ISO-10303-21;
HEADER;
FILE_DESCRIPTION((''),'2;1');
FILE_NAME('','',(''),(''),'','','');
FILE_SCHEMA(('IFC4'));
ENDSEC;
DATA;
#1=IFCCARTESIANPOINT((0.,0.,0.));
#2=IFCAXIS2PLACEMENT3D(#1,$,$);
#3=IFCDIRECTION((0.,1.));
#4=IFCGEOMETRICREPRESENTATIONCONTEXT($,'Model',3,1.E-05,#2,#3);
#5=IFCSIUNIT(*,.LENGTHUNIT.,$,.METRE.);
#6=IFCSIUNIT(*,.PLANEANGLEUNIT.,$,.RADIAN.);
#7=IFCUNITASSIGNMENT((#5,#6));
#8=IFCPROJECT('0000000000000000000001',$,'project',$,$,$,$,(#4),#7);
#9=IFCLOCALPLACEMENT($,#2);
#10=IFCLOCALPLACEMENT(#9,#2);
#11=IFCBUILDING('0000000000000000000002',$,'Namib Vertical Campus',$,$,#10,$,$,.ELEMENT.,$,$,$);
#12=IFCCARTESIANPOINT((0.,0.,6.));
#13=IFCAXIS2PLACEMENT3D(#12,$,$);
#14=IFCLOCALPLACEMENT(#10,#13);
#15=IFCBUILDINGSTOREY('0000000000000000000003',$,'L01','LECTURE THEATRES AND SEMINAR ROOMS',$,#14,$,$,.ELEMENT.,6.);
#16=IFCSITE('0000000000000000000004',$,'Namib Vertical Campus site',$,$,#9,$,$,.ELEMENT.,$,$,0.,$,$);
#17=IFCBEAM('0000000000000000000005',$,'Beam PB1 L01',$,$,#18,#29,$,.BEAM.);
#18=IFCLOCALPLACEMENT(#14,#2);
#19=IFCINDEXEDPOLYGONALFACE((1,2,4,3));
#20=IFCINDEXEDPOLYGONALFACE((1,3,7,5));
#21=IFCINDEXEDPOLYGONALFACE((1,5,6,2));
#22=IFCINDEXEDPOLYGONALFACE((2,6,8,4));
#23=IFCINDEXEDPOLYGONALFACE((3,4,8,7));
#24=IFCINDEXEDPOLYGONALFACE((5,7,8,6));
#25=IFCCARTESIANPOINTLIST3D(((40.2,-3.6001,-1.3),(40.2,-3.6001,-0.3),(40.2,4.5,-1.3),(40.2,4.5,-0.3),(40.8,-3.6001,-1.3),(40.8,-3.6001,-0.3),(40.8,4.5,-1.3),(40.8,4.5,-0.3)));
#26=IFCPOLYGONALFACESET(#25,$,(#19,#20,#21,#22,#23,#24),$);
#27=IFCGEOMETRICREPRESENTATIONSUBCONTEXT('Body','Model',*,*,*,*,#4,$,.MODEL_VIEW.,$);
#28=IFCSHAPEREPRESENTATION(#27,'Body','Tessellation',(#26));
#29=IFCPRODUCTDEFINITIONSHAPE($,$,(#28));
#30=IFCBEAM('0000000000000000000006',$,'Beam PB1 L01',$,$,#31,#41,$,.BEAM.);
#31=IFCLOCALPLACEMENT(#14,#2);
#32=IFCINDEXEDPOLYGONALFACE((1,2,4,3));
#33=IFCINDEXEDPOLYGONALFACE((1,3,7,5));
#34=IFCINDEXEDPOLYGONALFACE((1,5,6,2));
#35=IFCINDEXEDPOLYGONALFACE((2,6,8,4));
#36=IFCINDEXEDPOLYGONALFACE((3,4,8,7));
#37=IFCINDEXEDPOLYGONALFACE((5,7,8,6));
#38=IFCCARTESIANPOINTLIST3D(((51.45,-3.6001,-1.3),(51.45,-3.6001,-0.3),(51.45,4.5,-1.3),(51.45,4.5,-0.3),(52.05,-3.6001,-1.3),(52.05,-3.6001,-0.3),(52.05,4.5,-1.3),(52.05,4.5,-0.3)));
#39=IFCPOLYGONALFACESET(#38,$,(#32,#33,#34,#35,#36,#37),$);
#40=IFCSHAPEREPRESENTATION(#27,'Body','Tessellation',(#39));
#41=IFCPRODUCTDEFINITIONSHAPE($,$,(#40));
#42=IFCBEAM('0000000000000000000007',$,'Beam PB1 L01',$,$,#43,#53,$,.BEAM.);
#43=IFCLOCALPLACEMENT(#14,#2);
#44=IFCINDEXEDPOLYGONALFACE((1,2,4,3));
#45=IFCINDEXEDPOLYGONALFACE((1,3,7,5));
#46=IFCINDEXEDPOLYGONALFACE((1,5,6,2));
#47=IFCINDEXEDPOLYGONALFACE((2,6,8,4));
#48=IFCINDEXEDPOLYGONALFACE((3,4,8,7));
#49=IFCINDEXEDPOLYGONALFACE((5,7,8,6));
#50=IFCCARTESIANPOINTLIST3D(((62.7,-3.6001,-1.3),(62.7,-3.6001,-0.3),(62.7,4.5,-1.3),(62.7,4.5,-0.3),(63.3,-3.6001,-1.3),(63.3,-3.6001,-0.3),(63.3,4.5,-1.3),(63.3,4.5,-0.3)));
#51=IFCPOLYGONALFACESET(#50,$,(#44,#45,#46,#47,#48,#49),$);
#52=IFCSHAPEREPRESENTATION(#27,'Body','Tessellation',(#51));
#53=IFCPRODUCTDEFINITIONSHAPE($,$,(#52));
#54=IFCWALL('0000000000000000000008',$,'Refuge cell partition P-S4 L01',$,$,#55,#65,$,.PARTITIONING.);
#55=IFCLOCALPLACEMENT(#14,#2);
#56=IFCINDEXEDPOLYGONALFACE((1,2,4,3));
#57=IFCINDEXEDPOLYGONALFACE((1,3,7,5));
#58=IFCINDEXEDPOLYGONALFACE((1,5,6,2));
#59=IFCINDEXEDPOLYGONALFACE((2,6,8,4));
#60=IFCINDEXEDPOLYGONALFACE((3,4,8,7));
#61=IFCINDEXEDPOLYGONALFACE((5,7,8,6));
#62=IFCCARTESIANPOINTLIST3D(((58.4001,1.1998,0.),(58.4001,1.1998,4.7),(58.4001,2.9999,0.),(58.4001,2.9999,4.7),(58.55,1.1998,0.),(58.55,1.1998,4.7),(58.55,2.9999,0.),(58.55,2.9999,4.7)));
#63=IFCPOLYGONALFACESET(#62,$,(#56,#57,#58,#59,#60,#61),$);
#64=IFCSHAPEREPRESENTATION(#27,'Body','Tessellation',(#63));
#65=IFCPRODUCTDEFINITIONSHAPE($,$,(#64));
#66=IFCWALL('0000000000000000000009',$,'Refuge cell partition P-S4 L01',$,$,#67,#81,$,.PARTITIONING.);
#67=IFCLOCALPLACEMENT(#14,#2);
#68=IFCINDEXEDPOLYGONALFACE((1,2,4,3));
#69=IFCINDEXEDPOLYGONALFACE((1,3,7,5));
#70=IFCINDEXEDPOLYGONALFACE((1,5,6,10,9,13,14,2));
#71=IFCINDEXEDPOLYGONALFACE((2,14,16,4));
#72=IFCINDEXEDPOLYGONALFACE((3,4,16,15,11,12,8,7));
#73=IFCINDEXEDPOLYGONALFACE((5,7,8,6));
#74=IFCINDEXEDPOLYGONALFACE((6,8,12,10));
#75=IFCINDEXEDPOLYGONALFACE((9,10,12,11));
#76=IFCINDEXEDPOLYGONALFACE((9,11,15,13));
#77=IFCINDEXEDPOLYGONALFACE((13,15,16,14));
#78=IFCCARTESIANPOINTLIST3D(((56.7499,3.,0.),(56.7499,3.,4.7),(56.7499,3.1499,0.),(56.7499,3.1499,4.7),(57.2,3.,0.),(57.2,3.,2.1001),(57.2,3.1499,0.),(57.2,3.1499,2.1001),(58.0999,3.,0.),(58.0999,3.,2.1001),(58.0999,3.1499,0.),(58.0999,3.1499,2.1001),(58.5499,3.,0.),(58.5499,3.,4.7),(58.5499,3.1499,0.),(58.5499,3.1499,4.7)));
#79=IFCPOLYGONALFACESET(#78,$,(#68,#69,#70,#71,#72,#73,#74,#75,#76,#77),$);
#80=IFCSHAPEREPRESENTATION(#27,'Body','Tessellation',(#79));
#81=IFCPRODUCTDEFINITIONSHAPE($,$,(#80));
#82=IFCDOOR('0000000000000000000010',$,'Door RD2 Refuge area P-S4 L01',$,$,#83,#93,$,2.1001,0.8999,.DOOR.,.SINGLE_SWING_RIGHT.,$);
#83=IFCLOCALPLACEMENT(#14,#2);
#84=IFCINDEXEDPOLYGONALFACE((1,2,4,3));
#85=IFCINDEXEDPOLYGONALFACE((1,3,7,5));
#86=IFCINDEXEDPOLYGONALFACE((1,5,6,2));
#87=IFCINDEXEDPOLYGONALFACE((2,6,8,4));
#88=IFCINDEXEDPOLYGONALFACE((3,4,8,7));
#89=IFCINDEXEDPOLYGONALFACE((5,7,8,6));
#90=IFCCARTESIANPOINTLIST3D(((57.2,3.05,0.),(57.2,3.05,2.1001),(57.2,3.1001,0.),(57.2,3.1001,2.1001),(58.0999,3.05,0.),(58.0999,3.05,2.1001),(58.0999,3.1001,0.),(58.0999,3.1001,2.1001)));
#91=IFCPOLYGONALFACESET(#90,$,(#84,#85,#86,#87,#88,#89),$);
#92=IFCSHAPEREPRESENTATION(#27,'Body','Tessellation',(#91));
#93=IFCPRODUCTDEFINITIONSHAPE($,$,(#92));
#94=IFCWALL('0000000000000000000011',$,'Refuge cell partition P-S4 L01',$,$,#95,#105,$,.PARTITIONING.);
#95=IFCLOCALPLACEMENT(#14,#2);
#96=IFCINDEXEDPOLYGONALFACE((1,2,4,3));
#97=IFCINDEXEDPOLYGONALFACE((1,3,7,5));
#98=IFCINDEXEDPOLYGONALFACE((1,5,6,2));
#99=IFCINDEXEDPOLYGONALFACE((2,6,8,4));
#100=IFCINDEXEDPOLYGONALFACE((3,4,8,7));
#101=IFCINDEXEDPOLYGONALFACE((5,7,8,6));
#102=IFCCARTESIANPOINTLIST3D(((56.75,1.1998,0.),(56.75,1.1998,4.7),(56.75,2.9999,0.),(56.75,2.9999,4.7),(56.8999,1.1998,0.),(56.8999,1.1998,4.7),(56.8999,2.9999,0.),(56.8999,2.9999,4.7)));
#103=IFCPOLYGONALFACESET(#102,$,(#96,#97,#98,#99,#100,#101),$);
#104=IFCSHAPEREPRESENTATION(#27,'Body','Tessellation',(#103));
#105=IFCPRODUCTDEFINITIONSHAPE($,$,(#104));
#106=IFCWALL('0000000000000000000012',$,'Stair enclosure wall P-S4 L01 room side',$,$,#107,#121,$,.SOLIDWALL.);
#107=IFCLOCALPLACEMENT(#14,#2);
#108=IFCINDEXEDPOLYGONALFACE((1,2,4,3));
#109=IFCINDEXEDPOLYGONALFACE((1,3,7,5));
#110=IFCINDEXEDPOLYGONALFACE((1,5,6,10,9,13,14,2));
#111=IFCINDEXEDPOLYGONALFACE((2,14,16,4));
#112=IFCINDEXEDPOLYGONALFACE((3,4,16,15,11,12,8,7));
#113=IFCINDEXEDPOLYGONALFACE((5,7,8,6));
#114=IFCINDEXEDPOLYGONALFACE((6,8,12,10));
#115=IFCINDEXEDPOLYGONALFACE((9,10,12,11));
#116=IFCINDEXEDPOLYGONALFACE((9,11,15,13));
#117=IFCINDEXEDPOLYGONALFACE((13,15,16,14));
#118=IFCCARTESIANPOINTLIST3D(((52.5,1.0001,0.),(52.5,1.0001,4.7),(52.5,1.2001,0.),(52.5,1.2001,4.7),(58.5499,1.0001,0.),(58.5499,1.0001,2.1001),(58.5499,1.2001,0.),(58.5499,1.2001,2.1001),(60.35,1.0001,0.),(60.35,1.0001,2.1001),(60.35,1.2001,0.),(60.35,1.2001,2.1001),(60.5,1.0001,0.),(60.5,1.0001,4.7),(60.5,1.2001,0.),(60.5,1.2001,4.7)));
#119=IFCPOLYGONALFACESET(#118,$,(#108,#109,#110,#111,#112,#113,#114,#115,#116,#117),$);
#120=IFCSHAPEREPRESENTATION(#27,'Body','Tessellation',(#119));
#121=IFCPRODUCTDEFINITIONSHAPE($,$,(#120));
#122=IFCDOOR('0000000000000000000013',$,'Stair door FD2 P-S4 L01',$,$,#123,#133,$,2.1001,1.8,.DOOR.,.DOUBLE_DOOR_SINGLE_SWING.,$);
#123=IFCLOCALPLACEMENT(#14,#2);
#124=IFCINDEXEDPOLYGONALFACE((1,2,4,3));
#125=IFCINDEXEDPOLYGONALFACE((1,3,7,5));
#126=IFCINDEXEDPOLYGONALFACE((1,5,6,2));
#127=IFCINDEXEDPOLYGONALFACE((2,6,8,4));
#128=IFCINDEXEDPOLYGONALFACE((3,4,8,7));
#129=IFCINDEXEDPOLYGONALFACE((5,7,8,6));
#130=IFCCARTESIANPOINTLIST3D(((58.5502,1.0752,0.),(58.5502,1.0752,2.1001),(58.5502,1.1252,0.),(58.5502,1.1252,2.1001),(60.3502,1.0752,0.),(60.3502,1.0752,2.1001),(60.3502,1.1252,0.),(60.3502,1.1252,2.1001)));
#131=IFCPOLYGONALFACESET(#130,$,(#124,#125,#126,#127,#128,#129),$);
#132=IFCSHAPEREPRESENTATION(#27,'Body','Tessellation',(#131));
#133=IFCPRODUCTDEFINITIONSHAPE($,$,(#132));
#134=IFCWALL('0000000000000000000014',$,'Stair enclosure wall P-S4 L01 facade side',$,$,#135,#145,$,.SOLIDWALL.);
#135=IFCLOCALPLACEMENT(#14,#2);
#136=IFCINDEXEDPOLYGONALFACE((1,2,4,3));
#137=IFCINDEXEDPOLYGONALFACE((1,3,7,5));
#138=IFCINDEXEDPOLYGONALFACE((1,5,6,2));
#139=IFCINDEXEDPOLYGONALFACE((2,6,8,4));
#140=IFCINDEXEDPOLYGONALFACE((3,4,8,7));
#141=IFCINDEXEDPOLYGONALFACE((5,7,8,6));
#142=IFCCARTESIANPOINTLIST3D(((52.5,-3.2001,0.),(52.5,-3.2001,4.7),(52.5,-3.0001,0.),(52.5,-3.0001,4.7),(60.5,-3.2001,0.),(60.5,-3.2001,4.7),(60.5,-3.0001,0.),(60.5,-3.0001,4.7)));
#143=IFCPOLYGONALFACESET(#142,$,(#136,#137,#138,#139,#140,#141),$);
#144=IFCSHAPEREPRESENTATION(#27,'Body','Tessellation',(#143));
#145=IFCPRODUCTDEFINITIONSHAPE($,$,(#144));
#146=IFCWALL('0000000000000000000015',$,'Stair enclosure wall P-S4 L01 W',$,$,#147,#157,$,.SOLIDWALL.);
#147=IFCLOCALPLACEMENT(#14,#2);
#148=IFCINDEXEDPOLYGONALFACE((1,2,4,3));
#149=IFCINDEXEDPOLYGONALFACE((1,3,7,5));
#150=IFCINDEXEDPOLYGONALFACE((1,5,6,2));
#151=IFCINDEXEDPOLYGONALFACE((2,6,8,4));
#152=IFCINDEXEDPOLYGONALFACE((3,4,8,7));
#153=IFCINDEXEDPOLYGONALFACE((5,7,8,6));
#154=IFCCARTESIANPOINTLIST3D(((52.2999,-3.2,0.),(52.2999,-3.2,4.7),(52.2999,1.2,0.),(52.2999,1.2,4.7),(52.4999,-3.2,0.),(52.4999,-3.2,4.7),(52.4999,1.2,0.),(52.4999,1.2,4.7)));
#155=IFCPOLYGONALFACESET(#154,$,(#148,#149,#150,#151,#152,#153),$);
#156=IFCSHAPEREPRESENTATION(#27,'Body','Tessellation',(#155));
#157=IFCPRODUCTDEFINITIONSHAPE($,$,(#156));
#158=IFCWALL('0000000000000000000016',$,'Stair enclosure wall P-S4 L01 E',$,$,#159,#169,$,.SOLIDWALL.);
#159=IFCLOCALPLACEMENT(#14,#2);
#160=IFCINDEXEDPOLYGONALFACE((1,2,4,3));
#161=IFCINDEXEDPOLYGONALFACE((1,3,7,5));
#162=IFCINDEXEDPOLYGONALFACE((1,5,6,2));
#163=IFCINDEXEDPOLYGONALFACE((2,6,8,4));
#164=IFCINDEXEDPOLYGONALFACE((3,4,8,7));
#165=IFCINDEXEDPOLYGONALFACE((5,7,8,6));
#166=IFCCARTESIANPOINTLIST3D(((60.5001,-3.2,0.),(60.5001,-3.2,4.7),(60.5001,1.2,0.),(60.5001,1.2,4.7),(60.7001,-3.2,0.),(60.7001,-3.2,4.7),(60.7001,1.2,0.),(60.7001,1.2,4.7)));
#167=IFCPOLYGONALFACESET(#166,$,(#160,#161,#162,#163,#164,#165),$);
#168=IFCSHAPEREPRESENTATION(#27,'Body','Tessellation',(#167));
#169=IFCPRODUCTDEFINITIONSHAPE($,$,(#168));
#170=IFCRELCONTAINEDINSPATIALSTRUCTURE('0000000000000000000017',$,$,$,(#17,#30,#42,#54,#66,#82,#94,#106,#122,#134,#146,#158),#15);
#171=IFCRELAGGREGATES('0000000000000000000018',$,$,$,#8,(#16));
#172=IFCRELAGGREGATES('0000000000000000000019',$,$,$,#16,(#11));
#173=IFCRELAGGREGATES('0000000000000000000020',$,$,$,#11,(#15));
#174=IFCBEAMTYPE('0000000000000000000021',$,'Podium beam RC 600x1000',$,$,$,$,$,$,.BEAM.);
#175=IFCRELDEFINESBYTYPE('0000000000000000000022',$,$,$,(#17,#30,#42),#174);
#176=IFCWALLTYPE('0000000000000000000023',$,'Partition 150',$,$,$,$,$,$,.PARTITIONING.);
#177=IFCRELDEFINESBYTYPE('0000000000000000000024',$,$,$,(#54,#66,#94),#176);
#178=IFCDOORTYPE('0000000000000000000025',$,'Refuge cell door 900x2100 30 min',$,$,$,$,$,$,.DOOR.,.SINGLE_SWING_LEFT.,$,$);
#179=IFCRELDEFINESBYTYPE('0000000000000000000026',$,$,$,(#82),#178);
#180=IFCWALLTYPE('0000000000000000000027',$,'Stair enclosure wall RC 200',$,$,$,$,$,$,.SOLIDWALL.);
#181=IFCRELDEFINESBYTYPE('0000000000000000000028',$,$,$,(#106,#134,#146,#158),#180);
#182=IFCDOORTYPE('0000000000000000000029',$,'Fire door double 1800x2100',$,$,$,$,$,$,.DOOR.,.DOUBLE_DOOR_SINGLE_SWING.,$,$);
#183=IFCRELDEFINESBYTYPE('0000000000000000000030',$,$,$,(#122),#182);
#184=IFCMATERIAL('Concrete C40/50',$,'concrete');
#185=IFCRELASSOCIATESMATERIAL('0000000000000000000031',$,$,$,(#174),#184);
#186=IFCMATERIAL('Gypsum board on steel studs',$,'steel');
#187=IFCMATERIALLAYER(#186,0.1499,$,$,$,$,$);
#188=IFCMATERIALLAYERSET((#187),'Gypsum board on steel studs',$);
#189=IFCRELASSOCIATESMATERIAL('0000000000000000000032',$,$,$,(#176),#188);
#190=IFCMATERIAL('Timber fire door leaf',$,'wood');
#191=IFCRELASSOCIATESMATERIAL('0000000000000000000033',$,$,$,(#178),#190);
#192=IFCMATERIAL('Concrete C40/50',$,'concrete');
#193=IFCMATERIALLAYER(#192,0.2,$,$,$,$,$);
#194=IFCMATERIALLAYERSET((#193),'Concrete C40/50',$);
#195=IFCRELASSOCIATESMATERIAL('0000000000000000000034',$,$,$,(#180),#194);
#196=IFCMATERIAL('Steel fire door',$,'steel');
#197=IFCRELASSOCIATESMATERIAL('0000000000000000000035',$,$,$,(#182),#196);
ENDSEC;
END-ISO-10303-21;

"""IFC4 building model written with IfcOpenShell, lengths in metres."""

from ifc_helpers import new_model, si_unit, direction, frame, frame_2d, origin, origin_2d, place, context, subcontext, project, spatial, rectangle, extrude, material, layer, layer_set, material_profile, profile_set, type_object, element, fill, save


model = new_model("IFC4")

# Units and contexts
model_context = context("Model", 3, precision=1e-05, world=origin(), true_north=direction((0.0, 1.0)))
body_context = subcontext(model_context, "Body", "Model", "MODEL_VIEW")
ifc_project = project(units=[si_unit("LENGTHUNIT", "METRE"), si_unit("PLANEANGLEUNIT", "RADIAN")], contexts=[model_context])

# Site, building, storey
site_placement = place(None, origin())
site = spatial("IfcSite", under=ifc_project, at=site_placement, Name="Namib Vertical Campus site", CompositionType="ELEMENT", RefElevation=0.0)
building_placement = place(site_placement, origin())
building = spatial("IfcBuilding", under=site, at=building_placement, Name="Namib Vertical Campus", CompositionType="ELEMENT")
storey_placement = place(building_placement, frame((0.0, 0.0, 6.0)))
storey = spatial("IfcBuildingStorey", under=building, at=storey_placement, Name="L01", Description="LECTURE THEATRES AND SEMINAR ROOMS", CompositionType="ELEMENT", Elevation=6.0)

# Beams
ifc_material_1 = material(Name="Concrete C40/50", Category="concrete")
ifc_material_profile_1 = material_profile(ifc_material_1, rectangle(XDim=0.6001, YDim=1.0, at=origin_2d()))
ifc_profile_set_1 = profile_set([ifc_material_profile_1], Name="Concrete C40/50")
beam_type_1 = type_object("IfcBeamType", Name="Podium beam RC 600x1000", PredefinedType="BEAM", material=ifc_profile_set_1)
for number, where, z_axis, x_axis, name in (
    (1, (40.5, -3.6001, -0.8), (0.0, 1.0, 0.0), (-1.0, 0.0, 0.0), "Beam PB1 L01"),
    (2, (51.75, -3.6001, -0.8), (0.0, 1.0, 0.0), (-1.0, 0.0, 0.0), "Beam PB1 L01"),
    (3, (63.0, -3.6001, -0.8), (0.0, 1.0, 0.0), (-1.0, 0.0, 0.0), "Beam PB1 L01"),
):
    element("IfcBeam", number, at=place(storey_placement, frame(where, z_axis=z_axis, x_axis=x_axis)), inside=storey, type_object=beam_type_1, Name=name, PredefinedType="BEAM", context=body_context, shape_type="SweptSolid", body=[
        extrude(rectangle(XDim=0.6001, YDim=1.0, at=origin_2d()), origin(), (0.0, 0.0, 1.0), 8.1001),
    ])

# Wall
ifc_material_2 = material(Name="Gypsum board on steel studs", Category="steel")
ifc_layer_1 = layer(ifc_material_2, 0.1499)
ifc_layer_set_1 = layer_set([ifc_layer_1], Name="Gypsum board on steel studs")
wall_type_1 = type_object("IfcWallType", Name="Partition 150", PredefinedType="PARTITIONING", material=ifc_layer_set_1)
wall_1_placement = place(storey_placement, frame((58.4751, 1.2, 0.0), z_axis=(0.0, 0.0, 1.0), x_axis=(0.0, 1.0, 0.0)))
element("IfcWall", 4, at=wall_1_placement, inside=storey, type_object=wall_type_1, Name="Refuge cell partition P-S4 L01", PredefinedType="PARTITIONING", context=body_context, shape_type="SweptSolid", body=[
    extrude(rectangle(XDim=1.8, YDim=0.1499, at=frame_2d((0.8999, 0.0))), origin(), (0.0, 0.0, 1.0), 4.7),
])

# Wall, opening, door
wall_2_placement = place(storey_placement, frame((56.75, 3.075, 0.0), z_axis=(0.0, 0.0, 1.0), x_axis=(1.0, 0.0, 0.0)))
wall_2 = element("IfcWall", 5, at=wall_2_placement, inside=storey, type_object=wall_type_1, Name="Refuge cell partition P-S4 L01", PredefinedType="PARTITIONING", context=body_context, shape_type="SweptSolid", body=[
    extrude(rectangle(XDim=1.8, YDim=0.1499, at=frame_2d((0.8999, 0.0))), origin(), (0.0, 0.0, 1.0), 4.7),
])
opening_1_placement = place(wall_2_placement, frame((0.45, 0.0, 0.0)))
opening_1 = element("IfcOpeningElement", 6, at=opening_1_placement, cuts=wall_2, PredefinedType="OPENING", context=body_context, shape_type="SweptSolid", body=[
    extrude(rectangle(XDim=0.8999, YDim=2.1001, at=frame_2d((0.45, 1.05))), frame((0.0, 0.085, 0.0), z_axis=(0.0, -1.0, 0.0), x_axis=(1.0, 0.0, 0.0)), (0.0, 0.0, 1.0), 0.1699),
])
ifc_material_3 = material(Name="Timber fire door leaf", Category="wood")
door_type_1 = type_object("IfcDoorType", Name="Refuge cell door 900x2100 30 min", OperationType="SINGLE_SWING_LEFT", PredefinedType="DOOR", material=ifc_material_3)
door_1_placement = place(opening_1_placement, frame((0.8999, 0.0, 0.0), z_axis=(0.0, 0.0, 1.0), x_axis=(-1.0, 0.0, 0.0)))
door_1 = element("IfcDoor", 7, at=door_1_placement, inside=storey, type_object=door_type_1, Name="Door RD2 Refuge area P-S4 L01", OperationType="SINGLE_SWING_RIGHT", OverallHeight=2.1001, OverallWidth=0.8999, PredefinedType="DOOR", context=body_context, shape_type="SweptSolid", body=[
    extrude(rectangle(XDim=0.8999, YDim=2.1001, at=frame_2d((0.45, 1.05))), frame((0.0, 0.0249, 0.0), z_axis=(0.0, -1.0, 0.0), x_axis=(1.0, 0.0, 0.0)), (0.0, 0.0, 1.0), 0.05),
])
fill(opening_1, door_1)

# Wall
wall_3_placement = place(storey_placement, frame((56.825, 1.2, 0.0), z_axis=(0.0, 0.0, 1.0), x_axis=(0.0, 1.0, 0.0)))
element("IfcWall", 8, at=wall_3_placement, inside=storey, type_object=wall_type_1, Name="Refuge cell partition P-S4 L01", PredefinedType="PARTITIONING", context=body_context, shape_type="SweptSolid", body=[
    extrude(rectangle(XDim=1.8, YDim=0.1499, at=frame_2d((0.8999, 0.0))), origin(), (0.0, 0.0, 1.0), 4.7),
])

# Wall, opening, door
ifc_material_4 = material(Name="Concrete C40/50", Category="concrete")
ifc_layer_2 = layer(ifc_material_4, 0.2)
ifc_layer_set_2 = layer_set([ifc_layer_2], Name="Concrete C40/50")
wall_type_2 = type_object("IfcWallType", Name="Stair enclosure wall RC 200", PredefinedType="SOLIDWALL", material=ifc_layer_set_2)
wall_4_placement = place(storey_placement, frame((52.5, 1.1001, 0.0), z_axis=(0.0, 0.0, 1.0), x_axis=(1.0, 0.0, 0.0)))
wall_4 = element("IfcWall", 9, at=wall_4_placement, inside=storey, type_object=wall_type_2, Name="Stair enclosure wall P-S4 L01 room side", PredefinedType="SOLIDWALL", context=body_context, shape_type="SweptSolid", body=[
    extrude(rectangle(XDim=8.0, YDim=0.2, at=frame_2d((4.0, 0.0))), origin(), (0.0, 0.0, 1.0), 4.7),
])
opening_2_placement = place(wall_4_placement, frame((6.05, 0.0, 0.0)))
opening_2 = element("IfcOpeningElement", 10, at=opening_2_placement, cuts=wall_4, PredefinedType="OPENING", context=body_context, shape_type="SweptSolid", body=[
    extrude(rectangle(XDim=1.8, YDim=2.1001, at=frame_2d((0.8999, 1.05))), frame((0.0, 0.1099, 0.0), z_axis=(0.0, -1.0, 0.0), x_axis=(1.0, 0.0, 0.0)), (0.0, 0.0, 1.0), 0.22),
])
ifc_material_5 = material(Name="Steel fire door", Category="steel")
door_type_2 = type_object("IfcDoorType", Name="Fire door double 1800x2100", OperationType="DOUBLE_DOOR_SINGLE_SWING", PredefinedType="DOOR", material=ifc_material_5)
door_2_placement = place(opening_2_placement, frame((1.8, 0.0, 0.0), z_axis=(0.0, 0.0, 1.0), x_axis=(-1.0, 0.0, 0.0)))
door_2 = element("IfcDoor", 11, at=door_2_placement, inside=storey, type_object=door_type_2, Name="Stair door FD2 P-S4 L01", OperationType="DOUBLE_DOOR_SINGLE_SWING", OverallHeight=2.1001, OverallWidth=1.8, PredefinedType="DOOR", context=body_context, shape_type="SweptSolid", body=[
    extrude(rectangle(XDim=1.8, YDim=2.1001, at=frame_2d((0.8999, 1.05))), frame((0.0, 0.0249, 0.0), z_axis=(0.0, -1.0, 0.0), x_axis=(1.0, 0.0, 0.0)), (0.0, 0.0, 1.0), 0.05),
])
fill(opening_2, door_2)

# Walls
wall_5_placement = place(storey_placement, frame((52.5, -3.1001, 0.0), z_axis=(0.0, 0.0, 1.0), x_axis=(1.0, 0.0, 0.0)))
element("IfcWall", 12, at=wall_5_placement, inside=storey, type_object=wall_type_2, Name="Stair enclosure wall P-S4 L01 facade side", PredefinedType="SOLIDWALL", context=body_context, shape_type="SweptSolid", body=[
    extrude(rectangle(XDim=8.0, YDim=0.2, at=frame_2d((4.0, 0.0))), origin(), (0.0, 0.0, 1.0), 4.7),
])
for number, where, z_axis, x_axis, name in (
    (13, (52.3999, -3.2, 0.0), (0.0, 0.0, 1.0), (0.0, 1.0, 0.0), "Stair enclosure wall P-S4 L01 W"),
    (14, (60.6001, -3.2, 0.0), (0.0, 0.0, 1.0), (0.0, 1.0, 0.0), "Stair enclosure wall P-S4 L01 E"),
):
    element("IfcWall", number, at=place(storey_placement, frame(where, z_axis=z_axis, x_axis=x_axis)), inside=storey, type_object=wall_type_2, Name=name, PredefinedType="SOLIDWALL", context=body_context, shape_type="SweptSolid", body=[
        extrude(rectangle(XDim=4.3999, YDim=0.2, at=frame_2d((2.2, 0.0))), origin(), (0.0, 0.0, 1.0), 4.7),
    ])

save(model, "model.ifc")
